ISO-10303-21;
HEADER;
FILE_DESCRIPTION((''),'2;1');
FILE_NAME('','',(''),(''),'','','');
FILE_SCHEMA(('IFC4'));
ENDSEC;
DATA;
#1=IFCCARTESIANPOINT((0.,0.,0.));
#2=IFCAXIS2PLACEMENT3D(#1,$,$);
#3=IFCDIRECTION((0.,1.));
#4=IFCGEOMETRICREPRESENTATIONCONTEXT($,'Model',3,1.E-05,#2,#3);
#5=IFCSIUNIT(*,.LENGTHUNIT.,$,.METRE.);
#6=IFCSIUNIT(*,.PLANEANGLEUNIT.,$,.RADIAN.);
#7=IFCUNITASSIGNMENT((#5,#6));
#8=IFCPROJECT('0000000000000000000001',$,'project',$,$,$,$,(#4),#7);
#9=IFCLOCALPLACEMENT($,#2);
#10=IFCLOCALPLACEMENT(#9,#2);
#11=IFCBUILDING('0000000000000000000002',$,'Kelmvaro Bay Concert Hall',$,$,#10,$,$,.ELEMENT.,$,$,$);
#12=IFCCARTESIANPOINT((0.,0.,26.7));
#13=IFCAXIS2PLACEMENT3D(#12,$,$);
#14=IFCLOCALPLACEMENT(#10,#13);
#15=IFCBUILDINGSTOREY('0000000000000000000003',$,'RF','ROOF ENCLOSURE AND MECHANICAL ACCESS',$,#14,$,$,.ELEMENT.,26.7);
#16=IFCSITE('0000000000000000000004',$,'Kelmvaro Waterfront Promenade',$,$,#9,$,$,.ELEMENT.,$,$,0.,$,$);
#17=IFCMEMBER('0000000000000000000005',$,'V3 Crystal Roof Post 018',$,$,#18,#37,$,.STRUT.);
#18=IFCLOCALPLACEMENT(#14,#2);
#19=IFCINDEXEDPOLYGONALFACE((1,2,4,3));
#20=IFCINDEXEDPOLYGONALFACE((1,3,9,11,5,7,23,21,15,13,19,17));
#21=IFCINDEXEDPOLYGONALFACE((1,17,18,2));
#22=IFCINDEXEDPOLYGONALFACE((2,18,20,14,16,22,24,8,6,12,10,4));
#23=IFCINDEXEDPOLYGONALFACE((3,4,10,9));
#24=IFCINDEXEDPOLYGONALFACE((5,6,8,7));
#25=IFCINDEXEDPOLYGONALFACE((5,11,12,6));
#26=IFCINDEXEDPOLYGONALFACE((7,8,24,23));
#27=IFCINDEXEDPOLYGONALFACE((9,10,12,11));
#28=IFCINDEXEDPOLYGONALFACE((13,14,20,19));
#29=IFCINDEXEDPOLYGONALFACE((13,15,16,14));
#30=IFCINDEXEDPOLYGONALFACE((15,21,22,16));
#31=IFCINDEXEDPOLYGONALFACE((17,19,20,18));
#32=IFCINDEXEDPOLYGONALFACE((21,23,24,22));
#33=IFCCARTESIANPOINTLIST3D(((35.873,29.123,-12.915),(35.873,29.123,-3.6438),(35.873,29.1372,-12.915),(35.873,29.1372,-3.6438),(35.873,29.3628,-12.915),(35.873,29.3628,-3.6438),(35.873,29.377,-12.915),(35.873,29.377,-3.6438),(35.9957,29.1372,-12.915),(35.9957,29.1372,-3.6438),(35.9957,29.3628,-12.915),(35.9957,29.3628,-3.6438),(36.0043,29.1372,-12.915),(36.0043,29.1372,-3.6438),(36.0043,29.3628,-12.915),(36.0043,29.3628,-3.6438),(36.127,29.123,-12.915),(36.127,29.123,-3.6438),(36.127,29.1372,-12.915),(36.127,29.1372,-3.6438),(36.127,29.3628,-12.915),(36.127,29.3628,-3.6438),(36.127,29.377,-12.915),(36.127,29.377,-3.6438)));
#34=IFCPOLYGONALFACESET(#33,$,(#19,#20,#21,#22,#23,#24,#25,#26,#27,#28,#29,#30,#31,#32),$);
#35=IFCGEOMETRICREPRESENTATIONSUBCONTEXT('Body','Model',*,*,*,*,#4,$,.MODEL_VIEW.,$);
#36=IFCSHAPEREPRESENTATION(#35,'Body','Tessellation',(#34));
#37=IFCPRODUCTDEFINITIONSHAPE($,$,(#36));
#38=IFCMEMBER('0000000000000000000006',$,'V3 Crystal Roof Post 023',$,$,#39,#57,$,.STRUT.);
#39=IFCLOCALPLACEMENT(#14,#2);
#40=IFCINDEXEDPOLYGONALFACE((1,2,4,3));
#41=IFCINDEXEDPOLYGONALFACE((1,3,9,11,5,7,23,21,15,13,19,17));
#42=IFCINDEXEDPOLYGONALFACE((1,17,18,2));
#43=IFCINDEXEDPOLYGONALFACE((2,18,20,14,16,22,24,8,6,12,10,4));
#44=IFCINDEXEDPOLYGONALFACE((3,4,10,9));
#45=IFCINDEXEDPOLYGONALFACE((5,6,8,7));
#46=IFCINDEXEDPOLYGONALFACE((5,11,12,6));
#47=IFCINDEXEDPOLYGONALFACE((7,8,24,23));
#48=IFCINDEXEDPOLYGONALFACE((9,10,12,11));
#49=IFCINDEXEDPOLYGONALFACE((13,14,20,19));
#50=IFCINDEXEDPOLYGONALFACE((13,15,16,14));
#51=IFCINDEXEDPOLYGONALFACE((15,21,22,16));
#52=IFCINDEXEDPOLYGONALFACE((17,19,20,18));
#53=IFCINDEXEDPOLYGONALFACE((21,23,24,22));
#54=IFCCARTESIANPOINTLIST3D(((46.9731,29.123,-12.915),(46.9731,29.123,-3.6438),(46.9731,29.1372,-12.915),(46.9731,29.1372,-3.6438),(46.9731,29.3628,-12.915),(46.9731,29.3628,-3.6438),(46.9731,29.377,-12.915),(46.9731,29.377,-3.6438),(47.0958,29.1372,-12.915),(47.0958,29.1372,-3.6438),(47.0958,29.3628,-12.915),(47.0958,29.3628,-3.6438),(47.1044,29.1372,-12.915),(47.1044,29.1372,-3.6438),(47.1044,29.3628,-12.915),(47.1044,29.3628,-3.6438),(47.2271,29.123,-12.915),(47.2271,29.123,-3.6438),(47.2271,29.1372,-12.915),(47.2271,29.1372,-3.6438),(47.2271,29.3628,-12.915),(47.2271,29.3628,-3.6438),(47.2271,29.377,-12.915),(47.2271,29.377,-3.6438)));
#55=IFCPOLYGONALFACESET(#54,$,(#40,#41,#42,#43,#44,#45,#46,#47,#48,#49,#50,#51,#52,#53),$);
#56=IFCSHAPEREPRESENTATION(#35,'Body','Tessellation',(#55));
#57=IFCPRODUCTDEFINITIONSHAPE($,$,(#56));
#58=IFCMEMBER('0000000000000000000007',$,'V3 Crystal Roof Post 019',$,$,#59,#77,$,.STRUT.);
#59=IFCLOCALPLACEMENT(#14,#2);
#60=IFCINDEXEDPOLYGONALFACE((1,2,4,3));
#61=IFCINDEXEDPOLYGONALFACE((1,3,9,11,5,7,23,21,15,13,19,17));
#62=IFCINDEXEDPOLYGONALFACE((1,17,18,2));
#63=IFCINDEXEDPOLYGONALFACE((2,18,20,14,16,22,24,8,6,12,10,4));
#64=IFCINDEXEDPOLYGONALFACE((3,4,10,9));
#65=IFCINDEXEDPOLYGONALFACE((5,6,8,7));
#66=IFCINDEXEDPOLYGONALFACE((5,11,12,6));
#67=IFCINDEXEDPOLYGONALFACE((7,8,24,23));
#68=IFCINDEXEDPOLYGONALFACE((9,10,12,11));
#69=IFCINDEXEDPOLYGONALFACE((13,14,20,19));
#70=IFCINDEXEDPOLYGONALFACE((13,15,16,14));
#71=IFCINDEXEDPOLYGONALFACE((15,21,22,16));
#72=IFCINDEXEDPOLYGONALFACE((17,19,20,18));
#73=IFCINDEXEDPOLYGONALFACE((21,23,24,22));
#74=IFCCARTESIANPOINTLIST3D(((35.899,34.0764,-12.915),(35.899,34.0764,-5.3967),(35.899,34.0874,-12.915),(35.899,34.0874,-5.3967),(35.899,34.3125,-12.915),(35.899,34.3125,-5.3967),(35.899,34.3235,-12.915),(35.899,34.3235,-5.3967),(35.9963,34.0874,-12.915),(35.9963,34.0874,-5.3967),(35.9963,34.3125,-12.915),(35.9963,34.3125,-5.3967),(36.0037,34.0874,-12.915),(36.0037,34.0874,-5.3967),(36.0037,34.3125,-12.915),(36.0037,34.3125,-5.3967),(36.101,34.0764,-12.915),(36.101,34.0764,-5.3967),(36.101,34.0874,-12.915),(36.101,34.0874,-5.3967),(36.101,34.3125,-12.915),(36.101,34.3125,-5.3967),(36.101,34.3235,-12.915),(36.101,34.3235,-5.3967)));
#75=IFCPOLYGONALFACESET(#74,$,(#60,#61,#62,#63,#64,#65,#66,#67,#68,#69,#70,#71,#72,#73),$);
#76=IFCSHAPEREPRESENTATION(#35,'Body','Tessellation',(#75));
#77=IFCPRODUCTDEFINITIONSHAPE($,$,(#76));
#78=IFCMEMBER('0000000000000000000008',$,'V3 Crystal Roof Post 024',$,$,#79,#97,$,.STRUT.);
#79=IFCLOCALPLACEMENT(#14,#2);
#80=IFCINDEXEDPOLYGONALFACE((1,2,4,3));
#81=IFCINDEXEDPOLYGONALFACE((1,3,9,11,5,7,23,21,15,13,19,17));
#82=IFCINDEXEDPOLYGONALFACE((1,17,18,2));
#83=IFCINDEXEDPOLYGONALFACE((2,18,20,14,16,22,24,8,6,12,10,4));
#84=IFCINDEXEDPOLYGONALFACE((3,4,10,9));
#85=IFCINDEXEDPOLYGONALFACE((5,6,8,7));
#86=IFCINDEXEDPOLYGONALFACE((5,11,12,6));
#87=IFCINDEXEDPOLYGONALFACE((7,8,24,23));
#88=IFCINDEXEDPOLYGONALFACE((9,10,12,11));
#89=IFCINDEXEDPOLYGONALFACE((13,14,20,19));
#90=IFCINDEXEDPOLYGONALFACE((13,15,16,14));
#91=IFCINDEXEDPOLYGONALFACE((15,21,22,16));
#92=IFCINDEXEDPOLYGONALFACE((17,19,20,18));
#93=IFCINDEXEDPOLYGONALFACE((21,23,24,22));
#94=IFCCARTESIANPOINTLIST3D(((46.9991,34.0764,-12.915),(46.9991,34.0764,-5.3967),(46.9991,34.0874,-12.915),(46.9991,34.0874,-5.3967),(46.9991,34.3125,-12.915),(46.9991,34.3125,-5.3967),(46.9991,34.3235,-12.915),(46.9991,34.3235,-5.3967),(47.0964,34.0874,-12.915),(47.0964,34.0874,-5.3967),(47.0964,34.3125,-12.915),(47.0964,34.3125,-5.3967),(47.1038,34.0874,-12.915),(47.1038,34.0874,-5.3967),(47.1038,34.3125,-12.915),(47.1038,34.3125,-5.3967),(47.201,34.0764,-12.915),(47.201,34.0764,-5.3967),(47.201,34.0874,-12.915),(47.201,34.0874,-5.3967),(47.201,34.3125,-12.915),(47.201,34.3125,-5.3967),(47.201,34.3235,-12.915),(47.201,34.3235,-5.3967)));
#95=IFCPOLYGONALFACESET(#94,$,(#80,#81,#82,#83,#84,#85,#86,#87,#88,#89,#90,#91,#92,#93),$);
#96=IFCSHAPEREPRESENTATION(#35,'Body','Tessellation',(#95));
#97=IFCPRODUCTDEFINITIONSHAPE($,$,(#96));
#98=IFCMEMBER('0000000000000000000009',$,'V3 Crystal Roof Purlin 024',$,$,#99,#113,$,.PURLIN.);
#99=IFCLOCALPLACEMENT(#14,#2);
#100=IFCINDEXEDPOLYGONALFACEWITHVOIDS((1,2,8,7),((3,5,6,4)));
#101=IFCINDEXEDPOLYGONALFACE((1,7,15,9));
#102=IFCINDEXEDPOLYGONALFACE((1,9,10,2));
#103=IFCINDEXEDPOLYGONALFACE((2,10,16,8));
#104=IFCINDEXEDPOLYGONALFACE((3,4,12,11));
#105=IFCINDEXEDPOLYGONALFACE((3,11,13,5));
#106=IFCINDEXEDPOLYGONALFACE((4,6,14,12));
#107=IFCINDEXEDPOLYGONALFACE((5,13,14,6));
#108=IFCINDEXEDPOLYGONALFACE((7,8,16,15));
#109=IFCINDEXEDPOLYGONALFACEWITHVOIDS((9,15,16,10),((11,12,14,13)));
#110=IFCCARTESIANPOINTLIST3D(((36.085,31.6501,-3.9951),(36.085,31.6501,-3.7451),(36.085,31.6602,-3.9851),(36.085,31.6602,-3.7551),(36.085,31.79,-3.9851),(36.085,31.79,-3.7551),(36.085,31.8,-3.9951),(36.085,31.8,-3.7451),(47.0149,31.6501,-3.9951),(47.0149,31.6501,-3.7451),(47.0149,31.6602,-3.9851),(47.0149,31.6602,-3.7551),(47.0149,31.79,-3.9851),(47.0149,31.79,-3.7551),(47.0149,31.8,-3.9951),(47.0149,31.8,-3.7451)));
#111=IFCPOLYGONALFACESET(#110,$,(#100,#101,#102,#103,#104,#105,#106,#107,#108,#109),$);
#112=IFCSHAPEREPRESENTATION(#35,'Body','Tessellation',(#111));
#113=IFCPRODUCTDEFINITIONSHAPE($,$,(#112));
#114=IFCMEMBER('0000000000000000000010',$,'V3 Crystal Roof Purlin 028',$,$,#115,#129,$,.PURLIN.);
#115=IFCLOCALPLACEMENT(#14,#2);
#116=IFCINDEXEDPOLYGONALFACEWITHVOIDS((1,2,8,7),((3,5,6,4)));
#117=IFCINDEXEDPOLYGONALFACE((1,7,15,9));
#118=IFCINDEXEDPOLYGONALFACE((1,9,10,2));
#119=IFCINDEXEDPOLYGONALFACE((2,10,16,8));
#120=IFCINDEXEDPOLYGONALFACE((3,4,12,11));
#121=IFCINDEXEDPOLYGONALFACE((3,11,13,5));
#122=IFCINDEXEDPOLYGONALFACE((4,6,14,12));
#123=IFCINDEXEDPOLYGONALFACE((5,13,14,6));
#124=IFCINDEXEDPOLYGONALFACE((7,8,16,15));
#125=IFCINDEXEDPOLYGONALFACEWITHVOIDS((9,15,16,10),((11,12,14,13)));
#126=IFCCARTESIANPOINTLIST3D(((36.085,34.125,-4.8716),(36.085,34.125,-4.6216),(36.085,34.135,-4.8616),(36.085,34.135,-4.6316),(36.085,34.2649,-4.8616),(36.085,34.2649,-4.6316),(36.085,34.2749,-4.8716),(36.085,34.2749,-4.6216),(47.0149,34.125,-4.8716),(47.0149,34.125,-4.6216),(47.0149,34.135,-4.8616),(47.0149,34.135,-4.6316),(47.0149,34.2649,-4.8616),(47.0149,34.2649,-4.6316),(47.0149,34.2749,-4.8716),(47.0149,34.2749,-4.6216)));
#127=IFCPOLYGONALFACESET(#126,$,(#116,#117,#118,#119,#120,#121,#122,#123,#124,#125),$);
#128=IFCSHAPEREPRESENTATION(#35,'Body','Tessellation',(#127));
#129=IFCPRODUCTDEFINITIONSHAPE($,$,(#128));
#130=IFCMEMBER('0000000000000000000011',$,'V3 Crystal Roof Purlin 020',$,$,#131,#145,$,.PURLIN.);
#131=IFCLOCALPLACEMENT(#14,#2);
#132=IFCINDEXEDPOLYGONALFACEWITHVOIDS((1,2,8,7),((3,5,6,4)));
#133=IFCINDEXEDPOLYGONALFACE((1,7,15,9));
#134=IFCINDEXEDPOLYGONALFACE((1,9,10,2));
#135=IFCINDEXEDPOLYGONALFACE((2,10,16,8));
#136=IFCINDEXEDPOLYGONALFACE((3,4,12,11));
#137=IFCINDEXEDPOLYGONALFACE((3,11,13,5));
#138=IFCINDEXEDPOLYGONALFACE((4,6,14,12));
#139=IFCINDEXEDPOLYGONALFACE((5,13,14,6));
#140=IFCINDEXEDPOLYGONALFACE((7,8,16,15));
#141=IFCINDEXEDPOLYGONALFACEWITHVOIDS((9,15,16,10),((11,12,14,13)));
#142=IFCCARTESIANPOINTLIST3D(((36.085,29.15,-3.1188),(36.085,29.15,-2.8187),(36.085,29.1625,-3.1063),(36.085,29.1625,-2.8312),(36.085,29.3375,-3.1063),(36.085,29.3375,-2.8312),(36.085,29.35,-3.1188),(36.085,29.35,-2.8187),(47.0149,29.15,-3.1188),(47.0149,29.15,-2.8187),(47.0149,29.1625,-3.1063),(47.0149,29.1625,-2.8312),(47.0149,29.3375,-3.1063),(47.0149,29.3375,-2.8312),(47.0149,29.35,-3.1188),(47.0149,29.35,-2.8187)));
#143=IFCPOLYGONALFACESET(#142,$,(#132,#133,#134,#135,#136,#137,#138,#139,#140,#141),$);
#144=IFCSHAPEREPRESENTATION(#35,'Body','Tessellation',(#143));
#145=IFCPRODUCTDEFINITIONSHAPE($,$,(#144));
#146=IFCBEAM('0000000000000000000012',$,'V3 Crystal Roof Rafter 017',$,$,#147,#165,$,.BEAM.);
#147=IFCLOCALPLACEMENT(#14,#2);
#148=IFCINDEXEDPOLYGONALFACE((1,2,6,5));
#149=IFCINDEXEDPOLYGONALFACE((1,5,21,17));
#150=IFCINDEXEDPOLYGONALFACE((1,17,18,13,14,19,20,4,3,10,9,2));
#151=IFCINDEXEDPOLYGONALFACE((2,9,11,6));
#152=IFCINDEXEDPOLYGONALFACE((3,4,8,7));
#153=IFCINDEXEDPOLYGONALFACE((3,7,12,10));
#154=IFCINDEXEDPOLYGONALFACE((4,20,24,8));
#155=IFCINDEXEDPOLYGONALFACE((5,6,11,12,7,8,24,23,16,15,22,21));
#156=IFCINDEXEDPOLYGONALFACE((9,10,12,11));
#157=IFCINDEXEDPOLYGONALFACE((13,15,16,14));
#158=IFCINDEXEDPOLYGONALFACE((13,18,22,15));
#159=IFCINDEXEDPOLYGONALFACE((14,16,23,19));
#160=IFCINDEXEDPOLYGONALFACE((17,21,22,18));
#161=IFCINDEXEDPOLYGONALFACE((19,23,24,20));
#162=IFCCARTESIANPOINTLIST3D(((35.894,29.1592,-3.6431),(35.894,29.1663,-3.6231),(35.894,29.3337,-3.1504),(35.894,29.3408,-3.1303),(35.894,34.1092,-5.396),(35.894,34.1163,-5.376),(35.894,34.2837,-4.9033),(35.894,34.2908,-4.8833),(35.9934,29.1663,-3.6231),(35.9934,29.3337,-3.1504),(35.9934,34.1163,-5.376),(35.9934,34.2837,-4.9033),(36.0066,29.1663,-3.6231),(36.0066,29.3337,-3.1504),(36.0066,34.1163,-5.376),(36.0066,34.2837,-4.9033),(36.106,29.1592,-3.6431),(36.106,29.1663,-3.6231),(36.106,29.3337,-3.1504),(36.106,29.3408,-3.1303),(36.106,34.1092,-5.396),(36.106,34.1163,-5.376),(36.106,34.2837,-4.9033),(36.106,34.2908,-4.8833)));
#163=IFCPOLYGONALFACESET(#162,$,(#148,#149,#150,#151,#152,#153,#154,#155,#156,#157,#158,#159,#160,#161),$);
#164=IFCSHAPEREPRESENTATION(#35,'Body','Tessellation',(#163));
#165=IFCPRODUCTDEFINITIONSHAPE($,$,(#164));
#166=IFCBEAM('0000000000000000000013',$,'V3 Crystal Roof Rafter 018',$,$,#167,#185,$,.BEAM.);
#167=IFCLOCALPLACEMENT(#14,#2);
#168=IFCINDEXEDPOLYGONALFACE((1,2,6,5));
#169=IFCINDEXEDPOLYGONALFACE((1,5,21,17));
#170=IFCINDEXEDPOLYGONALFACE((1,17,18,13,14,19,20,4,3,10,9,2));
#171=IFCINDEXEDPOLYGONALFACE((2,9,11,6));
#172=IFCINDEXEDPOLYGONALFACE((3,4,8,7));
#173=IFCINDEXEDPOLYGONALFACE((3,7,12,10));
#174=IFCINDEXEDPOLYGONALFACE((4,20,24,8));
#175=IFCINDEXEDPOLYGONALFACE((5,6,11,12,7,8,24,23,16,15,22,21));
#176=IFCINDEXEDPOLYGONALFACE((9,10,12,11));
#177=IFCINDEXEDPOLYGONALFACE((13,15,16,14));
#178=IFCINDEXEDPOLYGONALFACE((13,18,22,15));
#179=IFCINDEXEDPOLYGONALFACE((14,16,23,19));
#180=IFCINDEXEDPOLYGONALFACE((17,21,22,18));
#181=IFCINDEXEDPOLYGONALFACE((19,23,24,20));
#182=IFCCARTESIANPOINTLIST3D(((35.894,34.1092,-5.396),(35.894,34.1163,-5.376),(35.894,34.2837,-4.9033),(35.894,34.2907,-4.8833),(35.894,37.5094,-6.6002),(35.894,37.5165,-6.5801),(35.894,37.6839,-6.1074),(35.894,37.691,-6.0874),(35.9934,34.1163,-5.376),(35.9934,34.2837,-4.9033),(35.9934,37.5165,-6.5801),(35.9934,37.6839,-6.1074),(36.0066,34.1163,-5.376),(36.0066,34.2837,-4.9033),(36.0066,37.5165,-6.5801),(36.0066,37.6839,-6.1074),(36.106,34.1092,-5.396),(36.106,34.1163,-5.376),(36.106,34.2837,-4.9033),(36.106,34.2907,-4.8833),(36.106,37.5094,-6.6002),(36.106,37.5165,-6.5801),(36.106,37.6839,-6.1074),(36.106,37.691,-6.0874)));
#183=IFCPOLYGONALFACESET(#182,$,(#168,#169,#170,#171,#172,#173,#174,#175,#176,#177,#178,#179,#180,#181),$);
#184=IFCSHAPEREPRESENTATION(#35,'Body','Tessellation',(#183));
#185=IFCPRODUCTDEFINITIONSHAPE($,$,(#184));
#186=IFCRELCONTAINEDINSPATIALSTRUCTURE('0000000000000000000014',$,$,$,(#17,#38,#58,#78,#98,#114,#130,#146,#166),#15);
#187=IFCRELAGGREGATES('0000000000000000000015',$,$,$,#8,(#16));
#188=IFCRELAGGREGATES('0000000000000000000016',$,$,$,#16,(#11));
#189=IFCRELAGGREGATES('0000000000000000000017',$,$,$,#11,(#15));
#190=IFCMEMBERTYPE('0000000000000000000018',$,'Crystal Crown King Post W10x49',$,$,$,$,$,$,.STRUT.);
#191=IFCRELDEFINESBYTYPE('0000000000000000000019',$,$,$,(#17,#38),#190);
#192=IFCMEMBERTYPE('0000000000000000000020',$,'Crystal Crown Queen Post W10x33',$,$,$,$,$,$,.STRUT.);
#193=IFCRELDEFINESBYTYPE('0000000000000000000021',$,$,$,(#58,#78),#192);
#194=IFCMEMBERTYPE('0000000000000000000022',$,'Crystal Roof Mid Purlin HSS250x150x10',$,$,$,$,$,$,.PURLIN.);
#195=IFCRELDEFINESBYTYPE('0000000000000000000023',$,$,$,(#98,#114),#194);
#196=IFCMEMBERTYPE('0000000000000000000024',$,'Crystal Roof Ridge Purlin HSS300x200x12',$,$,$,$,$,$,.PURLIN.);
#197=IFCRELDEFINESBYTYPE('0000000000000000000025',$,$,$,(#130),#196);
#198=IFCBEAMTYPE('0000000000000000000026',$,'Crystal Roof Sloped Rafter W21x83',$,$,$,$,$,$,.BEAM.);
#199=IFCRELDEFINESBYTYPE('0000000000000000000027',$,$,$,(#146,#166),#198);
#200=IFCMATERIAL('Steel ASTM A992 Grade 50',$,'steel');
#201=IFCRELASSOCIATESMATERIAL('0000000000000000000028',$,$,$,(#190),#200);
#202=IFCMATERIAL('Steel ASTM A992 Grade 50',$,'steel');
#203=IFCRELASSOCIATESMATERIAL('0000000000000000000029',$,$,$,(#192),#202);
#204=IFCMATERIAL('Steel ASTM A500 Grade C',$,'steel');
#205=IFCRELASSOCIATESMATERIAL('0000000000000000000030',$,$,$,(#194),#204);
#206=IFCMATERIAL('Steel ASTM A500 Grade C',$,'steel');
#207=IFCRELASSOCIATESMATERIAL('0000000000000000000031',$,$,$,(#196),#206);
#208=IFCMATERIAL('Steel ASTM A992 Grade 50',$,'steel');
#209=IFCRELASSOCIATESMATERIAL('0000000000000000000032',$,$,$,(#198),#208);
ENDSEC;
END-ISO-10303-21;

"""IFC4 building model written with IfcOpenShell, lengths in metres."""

from ifc_helpers import new_model, si_unit, direction, frame, origin, origin_2d, place, context, subcontext, project, spatial, hollow_rectangle, i_section, extrude, material, material_profile, profile_set, type_object, element, save


model = new_model("IFC4")

# Units and contexts
model_context = context("Model", 3, precision=1e-05, world=origin(), true_north=direction((0.0, 1.0)))
body_context = subcontext(model_context, "Body", "Model", "MODEL_VIEW")
ifc_project = project(units=[si_unit("LENGTHUNIT", "METRE"), si_unit("PLANEANGLEUNIT", "RADIAN")], contexts=[model_context])

# Site, building, storey
site_placement = place(None, origin())
site = spatial("IfcSite", under=ifc_project, at=site_placement, Name="Kelmvaro Waterfront Promenade", CompositionType="ELEMENT", RefElevation=0.0)
building_placement = place(site_placement, origin())
building = spatial("IfcBuilding", under=site, at=building_placement, Name="Kelmvaro Bay Concert Hall", CompositionType="ELEMENT")
storey_placement = place(building_placement, frame((0.0, 0.0, 26.7)))
storey = spatial("IfcBuildingStorey", under=building, at=storey_placement, Name="RF", Description="ROOF ENCLOSURE AND MECHANICAL ACCESS", CompositionType="ELEMENT", Elevation=26.7)

# Members
ifc_material_1 = material(Name="Steel ASTM A992 Grade 50", Category="steel")
ifc_material_profile_1 = material_profile(ifc_material_1, i_section(OverallWidth=0.2539, OverallDepth=0.2539, WebThickness=0.0085, FlangeThickness=0.0142, at=origin_2d()), Name="W10X49")
ifc_profile_set_1 = profile_set([ifc_material_profile_1], Name="Steel ASTM A992 Grade 50")
member_type_1 = type_object("IfcMemberType", Name="Crystal Crown King Post W10x49", PredefinedType="STRUT", material=ifc_profile_set_1)
for number, where, z_axis, x_axis, name in (
    (1, (36.0, 29.25, -12.915), (0.0, 0.0, 1.0), (1.0, 0.0, 0.0), "V3 Crystal Roof Post 018"),
    (2, (47.1001, 29.25, -12.915), (0.0, 0.0, 1.0), (1.0, 0.0, 0.0), "V3 Crystal Roof Post 023"),
):
    element("IfcMember", number, at=place(storey_placement, frame(where, z_axis=z_axis, x_axis=x_axis)), inside=storey, type_object=member_type_1, Name=name, PredefinedType="STRUT", context=body_context, shape_type="SweptSolid", body=[
        extrude(i_section(OverallWidth=0.2539, OverallDepth=0.2539, WebThickness=0.0085, FlangeThickness=0.0142, at=origin_2d()), origin(), (0.0, 0.0, 1.0), 9.2712),
    ])
ifc_material_2 = material(Name="Steel ASTM A992 Grade 50", Category="steel")
ifc_material_profile_2 = material_profile(ifc_material_2, i_section(OverallWidth=0.2019, OverallDepth=0.2471, WebThickness=0.0073, FlangeThickness=0.011, at=origin_2d()), Name="W10X33")
ifc_profile_set_2 = profile_set([ifc_material_profile_2], Name="Steel ASTM A992 Grade 50")
member_type_2 = type_object("IfcMemberType", Name="Crystal Crown Queen Post W10x33", PredefinedType="STRUT", material=ifc_profile_set_2)
for number, where, z_axis, x_axis, name in (
    (3, (36.0, 34.2, -12.915), (0.0, 0.0, 1.0), (1.0, 0.0, 0.0), "V3 Crystal Roof Post 019"),
    (4, (47.1001, 34.2, -12.915), (0.0, 0.0, 1.0), (1.0, 0.0, 0.0), "V3 Crystal Roof Post 024"),
):
    element("IfcMember", number, at=place(storey_placement, frame(where, z_axis=z_axis, x_axis=x_axis)), inside=storey, type_object=member_type_2, Name=name, PredefinedType="STRUT", context=body_context, shape_type="SweptSolid", body=[
        extrude(i_section(OverallWidth=0.2019, OverallDepth=0.2471, WebThickness=0.0073, FlangeThickness=0.011, at=origin_2d()), origin(), (0.0, 0.0, 1.0), 7.5183),
    ])
ifc_material_3 = material(Name="Steel ASTM A500 Grade C", Category="steel")
ifc_material_profile_3 = material_profile(ifc_material_3, hollow_rectangle(XDim=0.1499, YDim=0.25, WallThickness=0.01, at=origin_2d()), Name="HSS250X150X10")
ifc_profile_set_3 = profile_set([ifc_material_profile_3], Name="Steel ASTM A500 Grade C")
member_type_3 = type_object("IfcMemberType", Name="Crystal Roof Mid Purlin HSS250x150x10", PredefinedType="PURLIN", material=ifc_profile_set_3)
for number, where, z_axis, x_axis, name in (
    (5, (36.085, 31.7251, -3.8701), (1.0, 0.0, 0.0), (0.0, 1.0, 0.0), "V3 Crystal Roof Purlin 024"),
    (6, (36.085, 34.2, -4.7466), (1.0, 0.0, 0.0), (0.0, 1.0, 0.0), "V3 Crystal Roof Purlin 028"),
):
    element("IfcMember", number, at=place(storey_placement, frame(where, z_axis=z_axis, x_axis=x_axis)), inside=storey, type_object=member_type_3, Name=name, PredefinedType="PURLIN", context=body_context, shape_type="SweptSolid", body=[
        extrude(hollow_rectangle(XDim=0.1499, YDim=0.25, WallThickness=0.01, at=origin_2d()), origin(), (0.0, 0.0, 1.0), 10.9299),
    ])
ifc_material_4 = material(Name="Steel ASTM A500 Grade C", Category="steel")
ifc_material_profile_4 = material_profile(ifc_material_4, hollow_rectangle(XDim=0.2, YDim=0.3, WallThickness=0.0125, at=origin_2d()), Name="HSS300X200X12")
ifc_profile_set_4 = profile_set([ifc_material_profile_4], Name="Steel ASTM A500 Grade C")
member_type_4 = type_object("IfcMemberType", Name="Crystal Roof Ridge Purlin HSS300x200x12", PredefinedType="PURLIN", material=ifc_profile_set_4)
member_placement = place(storey_placement, frame((36.085, 29.25, -2.9688), z_axis=(1.0, 0.0, 0.0), x_axis=(0.0, 1.0, 0.0)))
element("IfcMember", 7, at=member_placement, inside=storey, type_object=member_type_4, Name="V3 Crystal Roof Purlin 020", PredefinedType="PURLIN", context=body_context, shape_type="SweptSolid", body=[
    extrude(hollow_rectangle(XDim=0.2, YDim=0.3, WallThickness=0.0125, at=origin_2d()), origin(), (0.0, 0.0, 1.0), 10.9299),
])

# Beams
ifc_material_5 = material(Name="Steel ASTM A992 Grade 50", Category="steel")
ifc_material_profile_5 = material_profile(ifc_material_5, i_section(OverallWidth=0.2119, OverallDepth=0.5439, WebThickness=0.0132, FlangeThickness=0.0212, at=origin_2d()), Name="W21X83")
ifc_profile_set_5 = profile_set([ifc_material_profile_5], Name="Steel ASTM A992 Grade 50")
beam_type = type_object("IfcBeamType", Name="Crystal Roof Sloped Rafter W21x83", PredefinedType="BEAM", material=ifc_profile_set_5)
beam_1_placement = place(storey_placement, frame((36.0, 29.25, -3.3867), z_axis=(0.0, 0.942638, -0.333817), x_axis=(-1.0, 0.0, 0.0)))
element("IfcBeam", 8, at=beam_1_placement, inside=storey, type_object=beam_type, Name="V3 Crystal Roof Rafter 017", PredefinedType="BEAM", context=body_context, shape_type="SweptSolid", body=[
    extrude(i_section(OverallWidth=0.2119, OverallDepth=0.5439, WebThickness=0.0132, FlangeThickness=0.0212, at=origin_2d()), origin(), (0.0, 0.0, 1.0), 5.2512),
])
beam_2_placement = place(storey_placement, frame((36.0, 34.2, -5.1396), z_axis=(0.0, 0.942637, -0.333818), x_axis=(-1.0, 0.0, 0.0)))
element("IfcBeam", 9, at=beam_2_placement, inside=storey, type_object=beam_type, Name="V3 Crystal Roof Rafter 018", PredefinedType="BEAM", context=body_context, shape_type="SweptSolid", body=[
    extrude(i_section(OverallWidth=0.2119, OverallDepth=0.5439, WebThickness=0.0132, FlangeThickness=0.0212, at=origin_2d()), origin(), (0.0, 0.0, 1.0), 3.6072),
])

save(model, "model.ifc")
